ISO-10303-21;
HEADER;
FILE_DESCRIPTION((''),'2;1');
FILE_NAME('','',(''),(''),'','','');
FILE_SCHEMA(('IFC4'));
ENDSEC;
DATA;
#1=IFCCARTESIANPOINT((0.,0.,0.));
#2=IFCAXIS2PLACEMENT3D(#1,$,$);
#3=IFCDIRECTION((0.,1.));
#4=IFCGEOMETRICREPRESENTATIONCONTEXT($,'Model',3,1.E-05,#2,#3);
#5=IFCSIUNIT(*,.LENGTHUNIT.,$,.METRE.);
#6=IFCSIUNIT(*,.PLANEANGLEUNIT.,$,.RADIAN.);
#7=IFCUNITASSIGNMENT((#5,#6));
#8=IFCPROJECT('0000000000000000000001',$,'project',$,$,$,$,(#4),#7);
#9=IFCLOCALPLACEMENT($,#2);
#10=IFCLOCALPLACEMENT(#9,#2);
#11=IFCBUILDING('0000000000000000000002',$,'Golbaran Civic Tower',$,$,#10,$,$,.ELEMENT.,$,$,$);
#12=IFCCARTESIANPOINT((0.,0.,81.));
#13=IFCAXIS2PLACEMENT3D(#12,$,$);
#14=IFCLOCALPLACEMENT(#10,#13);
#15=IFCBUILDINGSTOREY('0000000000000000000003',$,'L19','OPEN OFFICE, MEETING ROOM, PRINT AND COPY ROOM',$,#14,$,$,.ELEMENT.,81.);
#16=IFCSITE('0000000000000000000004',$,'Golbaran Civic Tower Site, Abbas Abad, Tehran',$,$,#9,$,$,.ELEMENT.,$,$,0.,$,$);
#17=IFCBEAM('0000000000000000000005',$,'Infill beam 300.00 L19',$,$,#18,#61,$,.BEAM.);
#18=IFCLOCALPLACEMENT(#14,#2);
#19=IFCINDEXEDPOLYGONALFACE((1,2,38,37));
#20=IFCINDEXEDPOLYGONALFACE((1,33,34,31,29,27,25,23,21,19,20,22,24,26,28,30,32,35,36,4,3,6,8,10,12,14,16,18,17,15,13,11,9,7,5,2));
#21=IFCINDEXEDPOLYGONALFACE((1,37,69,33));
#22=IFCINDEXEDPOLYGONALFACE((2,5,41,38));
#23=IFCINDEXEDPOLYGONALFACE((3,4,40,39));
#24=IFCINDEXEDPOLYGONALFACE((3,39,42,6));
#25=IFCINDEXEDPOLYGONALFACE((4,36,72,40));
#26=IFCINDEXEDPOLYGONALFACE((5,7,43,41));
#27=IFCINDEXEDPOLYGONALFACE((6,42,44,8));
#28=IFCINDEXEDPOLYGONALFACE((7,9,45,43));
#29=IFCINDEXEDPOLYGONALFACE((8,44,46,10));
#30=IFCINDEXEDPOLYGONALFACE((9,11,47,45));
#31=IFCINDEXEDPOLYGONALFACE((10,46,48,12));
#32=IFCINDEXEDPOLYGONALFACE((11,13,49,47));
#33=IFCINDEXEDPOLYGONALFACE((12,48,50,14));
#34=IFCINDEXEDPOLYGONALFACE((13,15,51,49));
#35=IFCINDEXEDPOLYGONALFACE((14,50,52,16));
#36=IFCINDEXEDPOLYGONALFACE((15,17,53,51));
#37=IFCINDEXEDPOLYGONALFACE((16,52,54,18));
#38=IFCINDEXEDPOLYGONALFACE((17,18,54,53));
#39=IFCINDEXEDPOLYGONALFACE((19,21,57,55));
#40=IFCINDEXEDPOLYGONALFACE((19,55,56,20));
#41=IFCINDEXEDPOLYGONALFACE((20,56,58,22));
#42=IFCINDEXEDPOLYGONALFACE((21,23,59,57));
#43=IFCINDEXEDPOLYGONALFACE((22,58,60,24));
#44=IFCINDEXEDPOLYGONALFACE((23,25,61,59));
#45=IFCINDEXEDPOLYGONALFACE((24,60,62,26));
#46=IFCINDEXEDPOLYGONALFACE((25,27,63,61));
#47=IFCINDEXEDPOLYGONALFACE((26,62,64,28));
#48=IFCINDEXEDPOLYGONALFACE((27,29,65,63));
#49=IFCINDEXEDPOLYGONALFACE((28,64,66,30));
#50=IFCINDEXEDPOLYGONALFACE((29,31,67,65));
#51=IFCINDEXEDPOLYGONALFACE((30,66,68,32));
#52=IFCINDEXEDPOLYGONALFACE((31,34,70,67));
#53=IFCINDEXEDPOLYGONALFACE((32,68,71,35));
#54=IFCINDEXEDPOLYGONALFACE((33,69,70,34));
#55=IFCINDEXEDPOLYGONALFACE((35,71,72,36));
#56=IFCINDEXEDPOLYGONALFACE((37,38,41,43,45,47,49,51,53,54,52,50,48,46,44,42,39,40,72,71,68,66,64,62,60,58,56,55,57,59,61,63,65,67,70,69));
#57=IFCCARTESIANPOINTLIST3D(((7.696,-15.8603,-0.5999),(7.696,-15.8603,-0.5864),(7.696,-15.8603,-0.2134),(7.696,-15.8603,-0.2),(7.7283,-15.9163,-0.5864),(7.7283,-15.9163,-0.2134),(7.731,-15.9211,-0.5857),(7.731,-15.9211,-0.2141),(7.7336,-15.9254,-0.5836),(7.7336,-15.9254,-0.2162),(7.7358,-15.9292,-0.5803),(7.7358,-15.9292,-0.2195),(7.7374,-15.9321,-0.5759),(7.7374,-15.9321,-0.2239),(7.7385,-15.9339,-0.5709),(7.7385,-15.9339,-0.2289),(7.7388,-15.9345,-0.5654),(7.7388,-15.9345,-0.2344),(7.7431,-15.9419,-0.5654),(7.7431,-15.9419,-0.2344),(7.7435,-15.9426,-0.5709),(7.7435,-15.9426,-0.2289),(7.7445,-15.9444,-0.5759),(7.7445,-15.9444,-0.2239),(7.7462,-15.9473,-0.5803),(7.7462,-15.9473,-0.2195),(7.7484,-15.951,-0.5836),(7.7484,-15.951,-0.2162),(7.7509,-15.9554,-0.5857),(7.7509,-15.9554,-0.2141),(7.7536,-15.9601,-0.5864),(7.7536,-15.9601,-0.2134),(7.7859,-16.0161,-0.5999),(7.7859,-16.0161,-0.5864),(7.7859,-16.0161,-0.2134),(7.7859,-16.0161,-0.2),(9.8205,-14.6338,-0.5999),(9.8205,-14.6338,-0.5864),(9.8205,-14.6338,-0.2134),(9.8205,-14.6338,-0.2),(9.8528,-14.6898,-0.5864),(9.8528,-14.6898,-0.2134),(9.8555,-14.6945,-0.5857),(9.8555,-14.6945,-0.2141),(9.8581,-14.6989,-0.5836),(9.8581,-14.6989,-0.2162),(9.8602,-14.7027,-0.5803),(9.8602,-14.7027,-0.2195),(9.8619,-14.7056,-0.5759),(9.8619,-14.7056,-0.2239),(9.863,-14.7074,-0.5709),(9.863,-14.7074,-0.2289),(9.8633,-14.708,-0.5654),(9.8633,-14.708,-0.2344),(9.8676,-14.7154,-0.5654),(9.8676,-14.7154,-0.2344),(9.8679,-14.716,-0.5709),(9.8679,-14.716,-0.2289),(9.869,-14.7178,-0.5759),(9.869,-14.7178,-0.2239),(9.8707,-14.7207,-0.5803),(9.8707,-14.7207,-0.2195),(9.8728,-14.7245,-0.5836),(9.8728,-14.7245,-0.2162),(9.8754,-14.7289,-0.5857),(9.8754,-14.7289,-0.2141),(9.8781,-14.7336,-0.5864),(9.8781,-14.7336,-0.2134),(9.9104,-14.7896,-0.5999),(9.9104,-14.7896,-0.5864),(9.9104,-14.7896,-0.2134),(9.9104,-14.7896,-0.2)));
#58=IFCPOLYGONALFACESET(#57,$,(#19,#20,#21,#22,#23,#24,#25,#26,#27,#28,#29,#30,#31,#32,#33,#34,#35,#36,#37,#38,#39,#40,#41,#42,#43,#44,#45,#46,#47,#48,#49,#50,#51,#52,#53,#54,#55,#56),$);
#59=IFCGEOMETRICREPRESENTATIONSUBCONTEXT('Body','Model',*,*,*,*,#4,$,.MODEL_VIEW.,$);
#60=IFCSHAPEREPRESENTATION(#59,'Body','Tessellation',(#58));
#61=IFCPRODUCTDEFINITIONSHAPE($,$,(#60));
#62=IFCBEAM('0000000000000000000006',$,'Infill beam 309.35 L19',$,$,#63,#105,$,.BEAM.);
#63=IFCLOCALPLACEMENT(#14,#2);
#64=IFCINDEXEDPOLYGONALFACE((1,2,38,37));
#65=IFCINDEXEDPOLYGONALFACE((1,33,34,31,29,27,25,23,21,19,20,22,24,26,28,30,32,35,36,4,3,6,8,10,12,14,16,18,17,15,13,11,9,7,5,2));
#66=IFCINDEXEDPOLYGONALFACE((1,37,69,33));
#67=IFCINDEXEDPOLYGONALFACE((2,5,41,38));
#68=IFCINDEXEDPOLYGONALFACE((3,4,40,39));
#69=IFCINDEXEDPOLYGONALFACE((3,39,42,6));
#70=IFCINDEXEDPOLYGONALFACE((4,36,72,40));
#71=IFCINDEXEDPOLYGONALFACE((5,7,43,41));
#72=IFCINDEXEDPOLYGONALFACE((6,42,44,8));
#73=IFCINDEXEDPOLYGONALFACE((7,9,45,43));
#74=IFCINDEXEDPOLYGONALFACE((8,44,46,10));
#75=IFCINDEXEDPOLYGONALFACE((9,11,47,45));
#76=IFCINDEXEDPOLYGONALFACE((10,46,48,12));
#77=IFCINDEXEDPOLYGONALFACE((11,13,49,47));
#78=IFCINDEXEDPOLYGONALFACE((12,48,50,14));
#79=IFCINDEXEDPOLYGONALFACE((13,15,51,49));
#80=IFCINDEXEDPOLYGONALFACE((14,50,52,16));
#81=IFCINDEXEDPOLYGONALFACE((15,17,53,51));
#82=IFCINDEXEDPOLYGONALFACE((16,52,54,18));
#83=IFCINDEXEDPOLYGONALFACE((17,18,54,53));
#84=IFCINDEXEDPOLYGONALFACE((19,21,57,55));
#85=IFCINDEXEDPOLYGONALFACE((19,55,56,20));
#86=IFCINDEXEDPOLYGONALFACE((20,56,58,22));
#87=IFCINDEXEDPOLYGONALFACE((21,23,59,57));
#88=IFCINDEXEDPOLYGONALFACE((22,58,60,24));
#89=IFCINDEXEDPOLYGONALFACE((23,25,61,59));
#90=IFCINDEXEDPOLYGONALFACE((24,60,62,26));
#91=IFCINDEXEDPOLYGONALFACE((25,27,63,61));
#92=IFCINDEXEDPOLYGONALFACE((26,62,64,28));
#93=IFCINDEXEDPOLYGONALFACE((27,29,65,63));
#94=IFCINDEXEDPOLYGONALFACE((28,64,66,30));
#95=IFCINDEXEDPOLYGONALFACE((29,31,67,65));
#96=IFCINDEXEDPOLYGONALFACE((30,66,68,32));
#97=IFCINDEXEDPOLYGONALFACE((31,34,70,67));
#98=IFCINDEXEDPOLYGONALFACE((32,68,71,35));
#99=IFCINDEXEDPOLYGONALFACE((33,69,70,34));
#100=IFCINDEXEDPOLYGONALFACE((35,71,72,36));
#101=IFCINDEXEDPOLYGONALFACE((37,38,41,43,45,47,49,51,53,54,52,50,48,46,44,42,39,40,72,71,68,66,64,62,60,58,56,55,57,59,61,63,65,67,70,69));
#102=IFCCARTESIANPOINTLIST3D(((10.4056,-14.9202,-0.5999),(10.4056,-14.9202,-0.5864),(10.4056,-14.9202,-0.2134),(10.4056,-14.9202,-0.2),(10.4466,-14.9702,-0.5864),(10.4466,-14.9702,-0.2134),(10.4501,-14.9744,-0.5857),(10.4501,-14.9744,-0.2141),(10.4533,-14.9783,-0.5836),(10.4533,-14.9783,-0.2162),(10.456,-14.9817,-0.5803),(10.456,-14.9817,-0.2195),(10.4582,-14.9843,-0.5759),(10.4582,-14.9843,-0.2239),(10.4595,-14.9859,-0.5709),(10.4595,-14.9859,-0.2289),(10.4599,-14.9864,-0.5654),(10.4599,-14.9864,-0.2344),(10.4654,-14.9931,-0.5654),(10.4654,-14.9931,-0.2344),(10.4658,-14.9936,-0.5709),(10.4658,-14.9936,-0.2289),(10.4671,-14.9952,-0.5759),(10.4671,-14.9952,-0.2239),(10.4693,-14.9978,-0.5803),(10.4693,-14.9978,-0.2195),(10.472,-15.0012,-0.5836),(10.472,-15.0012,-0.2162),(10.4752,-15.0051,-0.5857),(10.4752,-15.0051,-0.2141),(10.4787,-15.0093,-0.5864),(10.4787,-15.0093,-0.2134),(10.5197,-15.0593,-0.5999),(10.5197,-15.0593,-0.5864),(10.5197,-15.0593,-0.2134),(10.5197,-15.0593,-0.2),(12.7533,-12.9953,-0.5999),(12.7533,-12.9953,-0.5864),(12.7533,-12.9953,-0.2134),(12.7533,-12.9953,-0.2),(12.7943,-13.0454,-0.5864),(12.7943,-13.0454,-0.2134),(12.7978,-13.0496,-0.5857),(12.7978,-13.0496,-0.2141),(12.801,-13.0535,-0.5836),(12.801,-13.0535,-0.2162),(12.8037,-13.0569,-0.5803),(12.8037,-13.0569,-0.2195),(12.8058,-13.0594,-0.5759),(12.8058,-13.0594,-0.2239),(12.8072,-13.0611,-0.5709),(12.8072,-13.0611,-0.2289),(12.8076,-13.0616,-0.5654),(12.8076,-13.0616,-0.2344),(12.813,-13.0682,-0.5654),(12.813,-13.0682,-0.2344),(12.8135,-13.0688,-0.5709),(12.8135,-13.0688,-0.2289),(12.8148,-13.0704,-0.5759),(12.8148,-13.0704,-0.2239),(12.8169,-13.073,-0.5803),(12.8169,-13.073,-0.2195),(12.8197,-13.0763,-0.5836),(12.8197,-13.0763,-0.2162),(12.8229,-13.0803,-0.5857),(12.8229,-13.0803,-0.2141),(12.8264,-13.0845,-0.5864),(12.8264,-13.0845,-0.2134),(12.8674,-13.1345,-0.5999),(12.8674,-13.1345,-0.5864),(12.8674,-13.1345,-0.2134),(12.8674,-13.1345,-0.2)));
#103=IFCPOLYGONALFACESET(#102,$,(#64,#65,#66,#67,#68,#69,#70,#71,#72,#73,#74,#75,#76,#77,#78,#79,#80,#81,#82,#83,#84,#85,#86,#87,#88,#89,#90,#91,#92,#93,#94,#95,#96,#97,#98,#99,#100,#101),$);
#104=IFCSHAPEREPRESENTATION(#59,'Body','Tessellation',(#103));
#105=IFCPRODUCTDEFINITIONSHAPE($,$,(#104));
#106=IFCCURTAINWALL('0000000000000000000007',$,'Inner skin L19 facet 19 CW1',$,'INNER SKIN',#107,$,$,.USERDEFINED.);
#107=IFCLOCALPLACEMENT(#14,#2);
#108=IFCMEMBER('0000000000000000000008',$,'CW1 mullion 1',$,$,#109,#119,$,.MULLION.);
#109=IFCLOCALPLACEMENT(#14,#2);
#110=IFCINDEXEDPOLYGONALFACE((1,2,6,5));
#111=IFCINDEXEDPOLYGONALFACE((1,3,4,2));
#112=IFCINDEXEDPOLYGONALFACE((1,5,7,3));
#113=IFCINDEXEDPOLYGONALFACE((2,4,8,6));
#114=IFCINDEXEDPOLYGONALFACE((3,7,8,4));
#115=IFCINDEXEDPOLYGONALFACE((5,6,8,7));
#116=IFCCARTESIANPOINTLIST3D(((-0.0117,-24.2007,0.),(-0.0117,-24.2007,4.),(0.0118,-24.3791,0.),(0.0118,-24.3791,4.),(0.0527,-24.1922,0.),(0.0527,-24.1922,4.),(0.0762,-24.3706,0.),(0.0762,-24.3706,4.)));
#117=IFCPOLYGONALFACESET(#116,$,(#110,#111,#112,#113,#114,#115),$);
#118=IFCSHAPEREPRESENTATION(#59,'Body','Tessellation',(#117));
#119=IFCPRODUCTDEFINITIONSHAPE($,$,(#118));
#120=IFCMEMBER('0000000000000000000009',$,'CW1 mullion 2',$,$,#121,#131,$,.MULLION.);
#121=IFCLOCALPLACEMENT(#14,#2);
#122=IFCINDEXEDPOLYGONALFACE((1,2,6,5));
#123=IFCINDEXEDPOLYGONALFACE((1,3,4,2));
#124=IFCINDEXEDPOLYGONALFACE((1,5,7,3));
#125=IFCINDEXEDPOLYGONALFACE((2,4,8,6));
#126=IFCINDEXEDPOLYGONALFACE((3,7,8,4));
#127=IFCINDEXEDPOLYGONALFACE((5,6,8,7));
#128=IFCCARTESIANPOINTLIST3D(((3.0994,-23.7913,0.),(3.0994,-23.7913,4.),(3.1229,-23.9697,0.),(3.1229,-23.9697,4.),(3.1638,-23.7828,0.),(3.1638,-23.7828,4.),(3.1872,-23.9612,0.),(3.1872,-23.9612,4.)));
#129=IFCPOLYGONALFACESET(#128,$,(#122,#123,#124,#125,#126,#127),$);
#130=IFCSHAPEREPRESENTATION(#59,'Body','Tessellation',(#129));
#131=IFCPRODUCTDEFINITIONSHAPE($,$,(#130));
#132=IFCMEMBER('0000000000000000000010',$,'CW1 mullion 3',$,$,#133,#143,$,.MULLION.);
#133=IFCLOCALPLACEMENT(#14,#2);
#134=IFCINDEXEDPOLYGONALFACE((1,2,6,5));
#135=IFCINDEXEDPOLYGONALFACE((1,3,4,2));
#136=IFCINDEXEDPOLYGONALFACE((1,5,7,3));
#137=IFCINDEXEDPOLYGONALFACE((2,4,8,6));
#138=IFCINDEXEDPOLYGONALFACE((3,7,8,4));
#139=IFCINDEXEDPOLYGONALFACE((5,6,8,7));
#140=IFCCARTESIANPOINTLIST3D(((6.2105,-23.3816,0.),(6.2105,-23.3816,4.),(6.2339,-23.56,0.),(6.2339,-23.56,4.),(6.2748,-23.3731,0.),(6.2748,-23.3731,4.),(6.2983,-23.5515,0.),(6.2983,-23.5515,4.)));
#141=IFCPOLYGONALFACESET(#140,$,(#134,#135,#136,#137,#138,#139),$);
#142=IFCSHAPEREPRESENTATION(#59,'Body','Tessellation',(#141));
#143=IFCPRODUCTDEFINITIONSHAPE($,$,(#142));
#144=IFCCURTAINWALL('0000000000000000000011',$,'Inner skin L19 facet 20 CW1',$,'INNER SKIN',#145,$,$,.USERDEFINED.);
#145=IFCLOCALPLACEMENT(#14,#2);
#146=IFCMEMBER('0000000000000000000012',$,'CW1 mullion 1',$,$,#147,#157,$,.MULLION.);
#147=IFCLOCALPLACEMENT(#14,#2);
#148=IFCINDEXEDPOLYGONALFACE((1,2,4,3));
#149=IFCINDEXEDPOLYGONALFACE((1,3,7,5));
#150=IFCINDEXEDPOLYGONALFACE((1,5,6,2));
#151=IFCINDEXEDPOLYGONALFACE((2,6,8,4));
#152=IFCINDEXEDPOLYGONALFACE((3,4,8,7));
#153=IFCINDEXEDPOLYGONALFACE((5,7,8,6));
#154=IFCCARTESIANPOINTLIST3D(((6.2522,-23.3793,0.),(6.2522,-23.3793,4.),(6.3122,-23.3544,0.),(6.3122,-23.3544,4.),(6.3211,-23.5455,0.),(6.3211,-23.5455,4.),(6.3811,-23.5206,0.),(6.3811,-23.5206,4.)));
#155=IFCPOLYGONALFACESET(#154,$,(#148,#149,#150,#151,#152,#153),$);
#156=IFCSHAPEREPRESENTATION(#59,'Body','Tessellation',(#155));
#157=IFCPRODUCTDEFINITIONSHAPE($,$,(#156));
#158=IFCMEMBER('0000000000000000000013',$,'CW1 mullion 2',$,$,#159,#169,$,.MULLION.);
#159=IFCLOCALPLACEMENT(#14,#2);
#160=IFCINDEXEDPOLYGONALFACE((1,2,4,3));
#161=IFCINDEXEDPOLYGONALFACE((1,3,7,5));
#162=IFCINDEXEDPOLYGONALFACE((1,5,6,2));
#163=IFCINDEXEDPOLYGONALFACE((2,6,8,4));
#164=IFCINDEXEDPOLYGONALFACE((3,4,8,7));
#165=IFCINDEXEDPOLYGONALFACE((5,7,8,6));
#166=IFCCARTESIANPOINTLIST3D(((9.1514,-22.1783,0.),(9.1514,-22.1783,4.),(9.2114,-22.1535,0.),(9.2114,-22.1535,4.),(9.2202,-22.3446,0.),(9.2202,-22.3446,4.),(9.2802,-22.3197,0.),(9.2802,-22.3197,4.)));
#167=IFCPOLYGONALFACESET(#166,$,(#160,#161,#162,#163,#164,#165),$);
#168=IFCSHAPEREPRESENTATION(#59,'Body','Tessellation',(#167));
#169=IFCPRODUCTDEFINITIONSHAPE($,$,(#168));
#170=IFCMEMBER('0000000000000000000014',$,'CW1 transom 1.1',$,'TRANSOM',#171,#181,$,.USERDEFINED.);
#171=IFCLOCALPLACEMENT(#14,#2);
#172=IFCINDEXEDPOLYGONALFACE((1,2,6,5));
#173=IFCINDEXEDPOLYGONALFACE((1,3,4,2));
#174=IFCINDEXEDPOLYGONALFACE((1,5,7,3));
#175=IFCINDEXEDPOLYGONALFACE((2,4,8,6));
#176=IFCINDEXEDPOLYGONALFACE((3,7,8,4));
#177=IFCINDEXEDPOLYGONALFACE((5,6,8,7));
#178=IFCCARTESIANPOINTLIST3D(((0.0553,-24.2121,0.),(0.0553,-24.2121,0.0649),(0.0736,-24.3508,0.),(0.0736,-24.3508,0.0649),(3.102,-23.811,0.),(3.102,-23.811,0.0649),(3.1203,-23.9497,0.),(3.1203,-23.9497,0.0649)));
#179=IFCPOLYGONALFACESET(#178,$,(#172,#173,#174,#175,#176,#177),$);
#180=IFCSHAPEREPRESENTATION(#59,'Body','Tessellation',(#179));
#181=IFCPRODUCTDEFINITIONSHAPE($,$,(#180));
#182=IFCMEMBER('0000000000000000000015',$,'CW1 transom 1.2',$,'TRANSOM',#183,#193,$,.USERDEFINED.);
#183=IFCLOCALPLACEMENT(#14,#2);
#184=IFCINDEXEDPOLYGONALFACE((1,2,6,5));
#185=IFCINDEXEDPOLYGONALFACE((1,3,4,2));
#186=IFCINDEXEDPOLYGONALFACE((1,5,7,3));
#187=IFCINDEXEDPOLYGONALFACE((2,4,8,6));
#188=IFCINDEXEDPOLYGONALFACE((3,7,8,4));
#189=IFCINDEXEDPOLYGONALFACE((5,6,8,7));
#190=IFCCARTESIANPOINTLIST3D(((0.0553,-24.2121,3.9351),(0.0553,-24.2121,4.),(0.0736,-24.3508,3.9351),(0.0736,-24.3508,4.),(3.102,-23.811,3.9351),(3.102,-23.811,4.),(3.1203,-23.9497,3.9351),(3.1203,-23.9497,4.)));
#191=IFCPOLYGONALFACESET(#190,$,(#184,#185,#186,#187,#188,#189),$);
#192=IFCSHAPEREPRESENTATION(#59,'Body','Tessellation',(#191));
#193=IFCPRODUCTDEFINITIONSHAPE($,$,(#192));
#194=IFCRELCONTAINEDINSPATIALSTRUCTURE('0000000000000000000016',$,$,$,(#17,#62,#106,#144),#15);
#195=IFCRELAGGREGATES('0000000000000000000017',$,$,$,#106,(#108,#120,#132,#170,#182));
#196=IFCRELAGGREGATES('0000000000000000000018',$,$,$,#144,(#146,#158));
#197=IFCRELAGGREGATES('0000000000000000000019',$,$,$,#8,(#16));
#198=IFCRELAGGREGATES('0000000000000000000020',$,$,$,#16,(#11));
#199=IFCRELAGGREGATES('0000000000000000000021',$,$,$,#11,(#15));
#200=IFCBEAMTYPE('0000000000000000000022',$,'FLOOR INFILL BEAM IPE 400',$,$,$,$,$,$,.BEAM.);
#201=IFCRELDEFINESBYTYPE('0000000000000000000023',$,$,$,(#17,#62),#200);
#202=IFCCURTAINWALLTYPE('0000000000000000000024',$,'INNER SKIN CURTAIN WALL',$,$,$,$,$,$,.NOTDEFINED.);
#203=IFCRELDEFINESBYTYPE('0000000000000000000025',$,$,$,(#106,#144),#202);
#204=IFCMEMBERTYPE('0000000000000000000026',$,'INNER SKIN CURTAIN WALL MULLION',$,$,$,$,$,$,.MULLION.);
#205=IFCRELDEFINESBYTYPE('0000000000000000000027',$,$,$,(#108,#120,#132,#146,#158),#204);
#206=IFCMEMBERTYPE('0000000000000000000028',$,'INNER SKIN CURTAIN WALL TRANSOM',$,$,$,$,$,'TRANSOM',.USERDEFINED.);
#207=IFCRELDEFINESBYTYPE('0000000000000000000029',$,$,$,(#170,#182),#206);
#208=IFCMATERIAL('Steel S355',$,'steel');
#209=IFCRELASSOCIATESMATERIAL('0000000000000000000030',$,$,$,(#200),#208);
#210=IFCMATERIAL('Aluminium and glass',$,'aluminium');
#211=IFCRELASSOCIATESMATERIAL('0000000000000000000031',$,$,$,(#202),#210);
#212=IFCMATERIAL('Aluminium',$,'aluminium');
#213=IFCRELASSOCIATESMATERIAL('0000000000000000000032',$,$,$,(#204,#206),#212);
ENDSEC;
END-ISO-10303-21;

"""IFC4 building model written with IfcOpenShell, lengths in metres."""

from ifc_helpers import new_model, si_unit, direction, frame, origin, origin_2d, place, context, subcontext, project, spatial, rectangle, i_section, extrude, material, material_profile, profile_set, type_object, element, aggregate, save


model = new_model("IFC4")

# Units and contexts
model_context = context("Model", 3, precision=1e-05, world=origin(), true_north=direction((0.0, 1.0)))
body_context = subcontext(model_context, "Body", "Model", "MODEL_VIEW")
ifc_project = project(units=[si_unit("LENGTHUNIT", "METRE"), si_unit("PLANEANGLEUNIT", "RADIAN")], contexts=[model_context])

# Site, building, storey
site_placement = place(None, origin())
site = spatial("IfcSite", under=ifc_project, at=site_placement, Name="Golbaran Civic Tower Site, Abbas Abad, Tehran", CompositionType="ELEMENT", RefElevation=0.0)
building_placement = place(site_placement, origin())
building = spatial("IfcBuilding", under=site, at=building_placement, Name="Golbaran Civic Tower", CompositionType="ELEMENT")
storey_placement = place(building_placement, frame((0.0, 0.0, 81.0)))
storey = spatial("IfcBuildingStorey", under=building, at=storey_placement, Name="L19", Description="OPEN OFFICE, MEETING ROOM, PRINT AND COPY ROOM", CompositionType="ELEMENT", Elevation=81.0)

# Beams
ifc_material_1 = material(Name="Steel S355", Category="steel")
ifc_material_profile_1 = material_profile(ifc_material_1, i_section(OverallWidth=0.1799, OverallDepth=0.3999, WebThickness=0.0085, FlangeThickness=0.0134, FilletRadius=0.021, at=origin_2d()), Name="IPE 400")
ifc_profile_set_1 = profile_set([ifc_material_profile_1], Name="Steel S355")
beam_type_1 = type_object("IfcBeamType", Name="FLOOR INFILL BEAM IPE 400", PredefinedType="BEAM", material=ifc_profile_set_1)
beam_1_placement = place(storey_placement, frame((7.741, -15.9382, -0.3999), z_axis=(0.86603, 0.499992, 0.0), x_axis=(-0.499992, 0.86603, 0.0)))
element("IfcBeam", 1, at=beam_1_placement, inside=storey, type_object=beam_type_1, Name="Infill beam 300.00 L19", PredefinedType="BEAM", context=body_context, shape_type="SweptSolid", body=[
    extrude(i_section(OverallWidth=0.1799, OverallDepth=0.3999, WebThickness=0.0085, FlangeThickness=0.0134, FilletRadius=0.021, at=origin_2d()), origin(), (0.0, 0.0, 1.0), 2.4531),
])
beam_2_placement = place(storey_placement, frame((10.4626, -14.9897, -0.3999), z_axis=(0.773312, 0.634026, 0.0), x_axis=(-0.634026, 0.773312, 0.0)))
element("IfcBeam", 2, at=beam_2_placement, inside=storey, type_object=beam_type_1, Name="Infill beam 309.35 L19", PredefinedType="BEAM", context=body_context, shape_type="SweptSolid", body=[
    extrude(i_section(OverallWidth=0.1799, OverallDepth=0.3999, WebThickness=0.0085, FlangeThickness=0.0134, FilletRadius=0.021, at=origin_2d()), origin(), (0.0, 0.0, 1.0), 3.0359),
])

# Curtain walls, members
ifc_material_2 = material(Name="Aluminium and glass", Category="aluminium")
curtain_wall_type = type_object("IfcCurtainWallType", Name="INNER SKIN CURTAIN WALL", PredefinedType="NOTDEFINED", material=ifc_material_2)
curtain_wall_1_placement = place(storey_placement, origin())
curtain_wall_1 = element("IfcCurtainWall", 3, at=curtain_wall_1_placement, inside=storey, type_object=curtain_wall_type, Name="Inner skin L19 facet 19 CW1", ObjectType="INNER SKIN", PredefinedType="USERDEFINED")
ifc_material_3 = material(Name="Aluminium", Category="aluminium")
ifc_material_profile_2 = material_profile(ifc_material_3, rectangle(XDim=0.1799, YDim=0.0649, at=origin_2d()), Name="INNER SKIN CURTAIN WALL MULLION")
ifc_profile_set_2 = profile_set([ifc_material_profile_2], Name="Aluminium")
member_type_1 = type_object("IfcMemberType", Name="INNER SKIN CURTAIN WALL MULLION", PredefinedType="MULLION", material=ifc_profile_set_2)
member_1_placement = place(storey_placement, frame((0.0322, -24.2856, 0.0), z_axis=(0.0, 0.0, 1.0), x_axis=(-0.130526, 0.991445, 0.0)))
member_1 = element("IfcMember", 4, at=member_1_placement, type_object=member_type_1, Name="CW1 mullion 1", PredefinedType="MULLION", context=body_context, shape_type="SweptSolid", body=[
    extrude(rectangle(XDim=0.1799, YDim=0.0649, at=origin_2d()), origin(), (0.0, 0.0, 1.0), 4.0),
])
member_2_placement = place(storey_placement, frame((3.1433, -23.8762, 0.0), z_axis=(0.0, 0.0, 1.0), x_axis=(-0.130526, 0.991445, 0.0)))
member_2 = element("IfcMember", 5, at=member_2_placement, type_object=member_type_1, Name="CW1 mullion 2", PredefinedType="MULLION", context=body_context, shape_type="SweptSolid", body=[
    extrude(rectangle(XDim=0.1799, YDim=0.0649, at=origin_2d()), origin(), (0.0, 0.0, 1.0), 4.0),
])
member_3_placement = place(storey_placement, frame((6.2544, -23.4666, 0.0), z_axis=(0.0, 0.0, 1.0), x_axis=(-0.130526, 0.991445, 0.0)))
member_3 = element("IfcMember", 6, at=member_3_placement, type_object=member_type_1, Name="CW1 mullion 3", PredefinedType="MULLION", context=body_context, shape_type="SweptSolid", body=[
    extrude(rectangle(XDim=0.1799, YDim=0.0649, at=origin_2d()), origin(), (0.0, 0.0, 1.0), 4.0),
])
curtain_wall_2_placement = place(storey_placement, origin())
curtain_wall_2 = element("IfcCurtainWall", 7, at=curtain_wall_2_placement, inside=storey, type_object=curtain_wall_type, Name="Inner skin L19 facet 20 CW1", ObjectType="INNER SKIN", PredefinedType="USERDEFINED")
member_4_placement = place(storey_placement, frame((6.3167, -23.45, 0.0), z_axis=(0.0, 0.0, 1.0), x_axis=(-0.382683, 0.92388, 0.0)))
member_4 = element("IfcMember", 8, at=member_4_placement, type_object=member_type_1, Name="CW1 mullion 1", PredefinedType="MULLION", context=body_context, shape_type="SweptSolid", body=[
    extrude(rectangle(XDim=0.1799, YDim=0.0649, at=origin_2d()), origin(), (0.0, 0.0, 1.0), 4.0),
])
member_5_placement = place(storey_placement, frame((9.2158, -22.249, 0.0), z_axis=(0.0, 0.0, 1.0), x_axis=(-0.382683, 0.92388, 0.0)))
member_5 = element("IfcMember", 9, at=member_5_placement, type_object=member_type_1, Name="CW1 mullion 2", PredefinedType="MULLION", context=body_context, shape_type="SweptSolid", body=[
    extrude(rectangle(XDim=0.1799, YDim=0.0649, at=origin_2d()), origin(), (0.0, 0.0, 1.0), 4.0),
])

# Members
ifc_material_profile_3 = material_profile(ifc_material_3, rectangle(XDim=0.1399, YDim=0.0649, at=origin_2d()), Name="INNER SKIN CURTAIN WALL TRANSOM")
ifc_profile_set_3 = profile_set([ifc_material_profile_3], Name="Aluminium")
member_type_2 = type_object("IfcMemberType", Name="INNER SKIN CURTAIN WALL TRANSOM", ElementType="TRANSOM", PredefinedType="USERDEFINED", material=ifc_profile_set_3)
member_6_placement = place(storey_placement, frame((0.0645, -24.2815, 0.0325), z_axis=(0.991444, 0.130535, 0.0), x_axis=(-0.130535, 0.991444, 0.0)))
member_6 = element("IfcMember", 10, at=member_6_placement, type_object=member_type_2, Name="CW1 transom 1.1", ObjectType="TRANSOM", PredefinedType="USERDEFINED", context=body_context, shape_type="SweptSolid", body=[
    extrude(rectangle(XDim=0.1399, YDim=0.0649, at=origin_2d()), origin(), (0.0, 0.0, 1.0), 3.073),
])
member_7_placement = place(storey_placement, frame((0.0645, -24.2815, 3.9675), z_axis=(0.991444, 0.130535, 0.0), x_axis=(-0.130535, 0.991444, 0.0)))
member_7 = element("IfcMember", 11, at=member_7_placement, type_object=member_type_2, Name="CW1 transom 1.2", ObjectType="TRANSOM", PredefinedType="USERDEFINED", context=body_context, shape_type="SweptSolid", body=[
    extrude(rectangle(XDim=0.1399, YDim=0.0649, at=origin_2d()), origin(), (0.0, 0.0, 1.0), 3.073),
])

aggregate(curtain_wall_1, [member_1, member_2, member_3, member_6, member_7])
aggregate(curtain_wall_2, [member_4, member_5])

save(model, "model.ifc")
